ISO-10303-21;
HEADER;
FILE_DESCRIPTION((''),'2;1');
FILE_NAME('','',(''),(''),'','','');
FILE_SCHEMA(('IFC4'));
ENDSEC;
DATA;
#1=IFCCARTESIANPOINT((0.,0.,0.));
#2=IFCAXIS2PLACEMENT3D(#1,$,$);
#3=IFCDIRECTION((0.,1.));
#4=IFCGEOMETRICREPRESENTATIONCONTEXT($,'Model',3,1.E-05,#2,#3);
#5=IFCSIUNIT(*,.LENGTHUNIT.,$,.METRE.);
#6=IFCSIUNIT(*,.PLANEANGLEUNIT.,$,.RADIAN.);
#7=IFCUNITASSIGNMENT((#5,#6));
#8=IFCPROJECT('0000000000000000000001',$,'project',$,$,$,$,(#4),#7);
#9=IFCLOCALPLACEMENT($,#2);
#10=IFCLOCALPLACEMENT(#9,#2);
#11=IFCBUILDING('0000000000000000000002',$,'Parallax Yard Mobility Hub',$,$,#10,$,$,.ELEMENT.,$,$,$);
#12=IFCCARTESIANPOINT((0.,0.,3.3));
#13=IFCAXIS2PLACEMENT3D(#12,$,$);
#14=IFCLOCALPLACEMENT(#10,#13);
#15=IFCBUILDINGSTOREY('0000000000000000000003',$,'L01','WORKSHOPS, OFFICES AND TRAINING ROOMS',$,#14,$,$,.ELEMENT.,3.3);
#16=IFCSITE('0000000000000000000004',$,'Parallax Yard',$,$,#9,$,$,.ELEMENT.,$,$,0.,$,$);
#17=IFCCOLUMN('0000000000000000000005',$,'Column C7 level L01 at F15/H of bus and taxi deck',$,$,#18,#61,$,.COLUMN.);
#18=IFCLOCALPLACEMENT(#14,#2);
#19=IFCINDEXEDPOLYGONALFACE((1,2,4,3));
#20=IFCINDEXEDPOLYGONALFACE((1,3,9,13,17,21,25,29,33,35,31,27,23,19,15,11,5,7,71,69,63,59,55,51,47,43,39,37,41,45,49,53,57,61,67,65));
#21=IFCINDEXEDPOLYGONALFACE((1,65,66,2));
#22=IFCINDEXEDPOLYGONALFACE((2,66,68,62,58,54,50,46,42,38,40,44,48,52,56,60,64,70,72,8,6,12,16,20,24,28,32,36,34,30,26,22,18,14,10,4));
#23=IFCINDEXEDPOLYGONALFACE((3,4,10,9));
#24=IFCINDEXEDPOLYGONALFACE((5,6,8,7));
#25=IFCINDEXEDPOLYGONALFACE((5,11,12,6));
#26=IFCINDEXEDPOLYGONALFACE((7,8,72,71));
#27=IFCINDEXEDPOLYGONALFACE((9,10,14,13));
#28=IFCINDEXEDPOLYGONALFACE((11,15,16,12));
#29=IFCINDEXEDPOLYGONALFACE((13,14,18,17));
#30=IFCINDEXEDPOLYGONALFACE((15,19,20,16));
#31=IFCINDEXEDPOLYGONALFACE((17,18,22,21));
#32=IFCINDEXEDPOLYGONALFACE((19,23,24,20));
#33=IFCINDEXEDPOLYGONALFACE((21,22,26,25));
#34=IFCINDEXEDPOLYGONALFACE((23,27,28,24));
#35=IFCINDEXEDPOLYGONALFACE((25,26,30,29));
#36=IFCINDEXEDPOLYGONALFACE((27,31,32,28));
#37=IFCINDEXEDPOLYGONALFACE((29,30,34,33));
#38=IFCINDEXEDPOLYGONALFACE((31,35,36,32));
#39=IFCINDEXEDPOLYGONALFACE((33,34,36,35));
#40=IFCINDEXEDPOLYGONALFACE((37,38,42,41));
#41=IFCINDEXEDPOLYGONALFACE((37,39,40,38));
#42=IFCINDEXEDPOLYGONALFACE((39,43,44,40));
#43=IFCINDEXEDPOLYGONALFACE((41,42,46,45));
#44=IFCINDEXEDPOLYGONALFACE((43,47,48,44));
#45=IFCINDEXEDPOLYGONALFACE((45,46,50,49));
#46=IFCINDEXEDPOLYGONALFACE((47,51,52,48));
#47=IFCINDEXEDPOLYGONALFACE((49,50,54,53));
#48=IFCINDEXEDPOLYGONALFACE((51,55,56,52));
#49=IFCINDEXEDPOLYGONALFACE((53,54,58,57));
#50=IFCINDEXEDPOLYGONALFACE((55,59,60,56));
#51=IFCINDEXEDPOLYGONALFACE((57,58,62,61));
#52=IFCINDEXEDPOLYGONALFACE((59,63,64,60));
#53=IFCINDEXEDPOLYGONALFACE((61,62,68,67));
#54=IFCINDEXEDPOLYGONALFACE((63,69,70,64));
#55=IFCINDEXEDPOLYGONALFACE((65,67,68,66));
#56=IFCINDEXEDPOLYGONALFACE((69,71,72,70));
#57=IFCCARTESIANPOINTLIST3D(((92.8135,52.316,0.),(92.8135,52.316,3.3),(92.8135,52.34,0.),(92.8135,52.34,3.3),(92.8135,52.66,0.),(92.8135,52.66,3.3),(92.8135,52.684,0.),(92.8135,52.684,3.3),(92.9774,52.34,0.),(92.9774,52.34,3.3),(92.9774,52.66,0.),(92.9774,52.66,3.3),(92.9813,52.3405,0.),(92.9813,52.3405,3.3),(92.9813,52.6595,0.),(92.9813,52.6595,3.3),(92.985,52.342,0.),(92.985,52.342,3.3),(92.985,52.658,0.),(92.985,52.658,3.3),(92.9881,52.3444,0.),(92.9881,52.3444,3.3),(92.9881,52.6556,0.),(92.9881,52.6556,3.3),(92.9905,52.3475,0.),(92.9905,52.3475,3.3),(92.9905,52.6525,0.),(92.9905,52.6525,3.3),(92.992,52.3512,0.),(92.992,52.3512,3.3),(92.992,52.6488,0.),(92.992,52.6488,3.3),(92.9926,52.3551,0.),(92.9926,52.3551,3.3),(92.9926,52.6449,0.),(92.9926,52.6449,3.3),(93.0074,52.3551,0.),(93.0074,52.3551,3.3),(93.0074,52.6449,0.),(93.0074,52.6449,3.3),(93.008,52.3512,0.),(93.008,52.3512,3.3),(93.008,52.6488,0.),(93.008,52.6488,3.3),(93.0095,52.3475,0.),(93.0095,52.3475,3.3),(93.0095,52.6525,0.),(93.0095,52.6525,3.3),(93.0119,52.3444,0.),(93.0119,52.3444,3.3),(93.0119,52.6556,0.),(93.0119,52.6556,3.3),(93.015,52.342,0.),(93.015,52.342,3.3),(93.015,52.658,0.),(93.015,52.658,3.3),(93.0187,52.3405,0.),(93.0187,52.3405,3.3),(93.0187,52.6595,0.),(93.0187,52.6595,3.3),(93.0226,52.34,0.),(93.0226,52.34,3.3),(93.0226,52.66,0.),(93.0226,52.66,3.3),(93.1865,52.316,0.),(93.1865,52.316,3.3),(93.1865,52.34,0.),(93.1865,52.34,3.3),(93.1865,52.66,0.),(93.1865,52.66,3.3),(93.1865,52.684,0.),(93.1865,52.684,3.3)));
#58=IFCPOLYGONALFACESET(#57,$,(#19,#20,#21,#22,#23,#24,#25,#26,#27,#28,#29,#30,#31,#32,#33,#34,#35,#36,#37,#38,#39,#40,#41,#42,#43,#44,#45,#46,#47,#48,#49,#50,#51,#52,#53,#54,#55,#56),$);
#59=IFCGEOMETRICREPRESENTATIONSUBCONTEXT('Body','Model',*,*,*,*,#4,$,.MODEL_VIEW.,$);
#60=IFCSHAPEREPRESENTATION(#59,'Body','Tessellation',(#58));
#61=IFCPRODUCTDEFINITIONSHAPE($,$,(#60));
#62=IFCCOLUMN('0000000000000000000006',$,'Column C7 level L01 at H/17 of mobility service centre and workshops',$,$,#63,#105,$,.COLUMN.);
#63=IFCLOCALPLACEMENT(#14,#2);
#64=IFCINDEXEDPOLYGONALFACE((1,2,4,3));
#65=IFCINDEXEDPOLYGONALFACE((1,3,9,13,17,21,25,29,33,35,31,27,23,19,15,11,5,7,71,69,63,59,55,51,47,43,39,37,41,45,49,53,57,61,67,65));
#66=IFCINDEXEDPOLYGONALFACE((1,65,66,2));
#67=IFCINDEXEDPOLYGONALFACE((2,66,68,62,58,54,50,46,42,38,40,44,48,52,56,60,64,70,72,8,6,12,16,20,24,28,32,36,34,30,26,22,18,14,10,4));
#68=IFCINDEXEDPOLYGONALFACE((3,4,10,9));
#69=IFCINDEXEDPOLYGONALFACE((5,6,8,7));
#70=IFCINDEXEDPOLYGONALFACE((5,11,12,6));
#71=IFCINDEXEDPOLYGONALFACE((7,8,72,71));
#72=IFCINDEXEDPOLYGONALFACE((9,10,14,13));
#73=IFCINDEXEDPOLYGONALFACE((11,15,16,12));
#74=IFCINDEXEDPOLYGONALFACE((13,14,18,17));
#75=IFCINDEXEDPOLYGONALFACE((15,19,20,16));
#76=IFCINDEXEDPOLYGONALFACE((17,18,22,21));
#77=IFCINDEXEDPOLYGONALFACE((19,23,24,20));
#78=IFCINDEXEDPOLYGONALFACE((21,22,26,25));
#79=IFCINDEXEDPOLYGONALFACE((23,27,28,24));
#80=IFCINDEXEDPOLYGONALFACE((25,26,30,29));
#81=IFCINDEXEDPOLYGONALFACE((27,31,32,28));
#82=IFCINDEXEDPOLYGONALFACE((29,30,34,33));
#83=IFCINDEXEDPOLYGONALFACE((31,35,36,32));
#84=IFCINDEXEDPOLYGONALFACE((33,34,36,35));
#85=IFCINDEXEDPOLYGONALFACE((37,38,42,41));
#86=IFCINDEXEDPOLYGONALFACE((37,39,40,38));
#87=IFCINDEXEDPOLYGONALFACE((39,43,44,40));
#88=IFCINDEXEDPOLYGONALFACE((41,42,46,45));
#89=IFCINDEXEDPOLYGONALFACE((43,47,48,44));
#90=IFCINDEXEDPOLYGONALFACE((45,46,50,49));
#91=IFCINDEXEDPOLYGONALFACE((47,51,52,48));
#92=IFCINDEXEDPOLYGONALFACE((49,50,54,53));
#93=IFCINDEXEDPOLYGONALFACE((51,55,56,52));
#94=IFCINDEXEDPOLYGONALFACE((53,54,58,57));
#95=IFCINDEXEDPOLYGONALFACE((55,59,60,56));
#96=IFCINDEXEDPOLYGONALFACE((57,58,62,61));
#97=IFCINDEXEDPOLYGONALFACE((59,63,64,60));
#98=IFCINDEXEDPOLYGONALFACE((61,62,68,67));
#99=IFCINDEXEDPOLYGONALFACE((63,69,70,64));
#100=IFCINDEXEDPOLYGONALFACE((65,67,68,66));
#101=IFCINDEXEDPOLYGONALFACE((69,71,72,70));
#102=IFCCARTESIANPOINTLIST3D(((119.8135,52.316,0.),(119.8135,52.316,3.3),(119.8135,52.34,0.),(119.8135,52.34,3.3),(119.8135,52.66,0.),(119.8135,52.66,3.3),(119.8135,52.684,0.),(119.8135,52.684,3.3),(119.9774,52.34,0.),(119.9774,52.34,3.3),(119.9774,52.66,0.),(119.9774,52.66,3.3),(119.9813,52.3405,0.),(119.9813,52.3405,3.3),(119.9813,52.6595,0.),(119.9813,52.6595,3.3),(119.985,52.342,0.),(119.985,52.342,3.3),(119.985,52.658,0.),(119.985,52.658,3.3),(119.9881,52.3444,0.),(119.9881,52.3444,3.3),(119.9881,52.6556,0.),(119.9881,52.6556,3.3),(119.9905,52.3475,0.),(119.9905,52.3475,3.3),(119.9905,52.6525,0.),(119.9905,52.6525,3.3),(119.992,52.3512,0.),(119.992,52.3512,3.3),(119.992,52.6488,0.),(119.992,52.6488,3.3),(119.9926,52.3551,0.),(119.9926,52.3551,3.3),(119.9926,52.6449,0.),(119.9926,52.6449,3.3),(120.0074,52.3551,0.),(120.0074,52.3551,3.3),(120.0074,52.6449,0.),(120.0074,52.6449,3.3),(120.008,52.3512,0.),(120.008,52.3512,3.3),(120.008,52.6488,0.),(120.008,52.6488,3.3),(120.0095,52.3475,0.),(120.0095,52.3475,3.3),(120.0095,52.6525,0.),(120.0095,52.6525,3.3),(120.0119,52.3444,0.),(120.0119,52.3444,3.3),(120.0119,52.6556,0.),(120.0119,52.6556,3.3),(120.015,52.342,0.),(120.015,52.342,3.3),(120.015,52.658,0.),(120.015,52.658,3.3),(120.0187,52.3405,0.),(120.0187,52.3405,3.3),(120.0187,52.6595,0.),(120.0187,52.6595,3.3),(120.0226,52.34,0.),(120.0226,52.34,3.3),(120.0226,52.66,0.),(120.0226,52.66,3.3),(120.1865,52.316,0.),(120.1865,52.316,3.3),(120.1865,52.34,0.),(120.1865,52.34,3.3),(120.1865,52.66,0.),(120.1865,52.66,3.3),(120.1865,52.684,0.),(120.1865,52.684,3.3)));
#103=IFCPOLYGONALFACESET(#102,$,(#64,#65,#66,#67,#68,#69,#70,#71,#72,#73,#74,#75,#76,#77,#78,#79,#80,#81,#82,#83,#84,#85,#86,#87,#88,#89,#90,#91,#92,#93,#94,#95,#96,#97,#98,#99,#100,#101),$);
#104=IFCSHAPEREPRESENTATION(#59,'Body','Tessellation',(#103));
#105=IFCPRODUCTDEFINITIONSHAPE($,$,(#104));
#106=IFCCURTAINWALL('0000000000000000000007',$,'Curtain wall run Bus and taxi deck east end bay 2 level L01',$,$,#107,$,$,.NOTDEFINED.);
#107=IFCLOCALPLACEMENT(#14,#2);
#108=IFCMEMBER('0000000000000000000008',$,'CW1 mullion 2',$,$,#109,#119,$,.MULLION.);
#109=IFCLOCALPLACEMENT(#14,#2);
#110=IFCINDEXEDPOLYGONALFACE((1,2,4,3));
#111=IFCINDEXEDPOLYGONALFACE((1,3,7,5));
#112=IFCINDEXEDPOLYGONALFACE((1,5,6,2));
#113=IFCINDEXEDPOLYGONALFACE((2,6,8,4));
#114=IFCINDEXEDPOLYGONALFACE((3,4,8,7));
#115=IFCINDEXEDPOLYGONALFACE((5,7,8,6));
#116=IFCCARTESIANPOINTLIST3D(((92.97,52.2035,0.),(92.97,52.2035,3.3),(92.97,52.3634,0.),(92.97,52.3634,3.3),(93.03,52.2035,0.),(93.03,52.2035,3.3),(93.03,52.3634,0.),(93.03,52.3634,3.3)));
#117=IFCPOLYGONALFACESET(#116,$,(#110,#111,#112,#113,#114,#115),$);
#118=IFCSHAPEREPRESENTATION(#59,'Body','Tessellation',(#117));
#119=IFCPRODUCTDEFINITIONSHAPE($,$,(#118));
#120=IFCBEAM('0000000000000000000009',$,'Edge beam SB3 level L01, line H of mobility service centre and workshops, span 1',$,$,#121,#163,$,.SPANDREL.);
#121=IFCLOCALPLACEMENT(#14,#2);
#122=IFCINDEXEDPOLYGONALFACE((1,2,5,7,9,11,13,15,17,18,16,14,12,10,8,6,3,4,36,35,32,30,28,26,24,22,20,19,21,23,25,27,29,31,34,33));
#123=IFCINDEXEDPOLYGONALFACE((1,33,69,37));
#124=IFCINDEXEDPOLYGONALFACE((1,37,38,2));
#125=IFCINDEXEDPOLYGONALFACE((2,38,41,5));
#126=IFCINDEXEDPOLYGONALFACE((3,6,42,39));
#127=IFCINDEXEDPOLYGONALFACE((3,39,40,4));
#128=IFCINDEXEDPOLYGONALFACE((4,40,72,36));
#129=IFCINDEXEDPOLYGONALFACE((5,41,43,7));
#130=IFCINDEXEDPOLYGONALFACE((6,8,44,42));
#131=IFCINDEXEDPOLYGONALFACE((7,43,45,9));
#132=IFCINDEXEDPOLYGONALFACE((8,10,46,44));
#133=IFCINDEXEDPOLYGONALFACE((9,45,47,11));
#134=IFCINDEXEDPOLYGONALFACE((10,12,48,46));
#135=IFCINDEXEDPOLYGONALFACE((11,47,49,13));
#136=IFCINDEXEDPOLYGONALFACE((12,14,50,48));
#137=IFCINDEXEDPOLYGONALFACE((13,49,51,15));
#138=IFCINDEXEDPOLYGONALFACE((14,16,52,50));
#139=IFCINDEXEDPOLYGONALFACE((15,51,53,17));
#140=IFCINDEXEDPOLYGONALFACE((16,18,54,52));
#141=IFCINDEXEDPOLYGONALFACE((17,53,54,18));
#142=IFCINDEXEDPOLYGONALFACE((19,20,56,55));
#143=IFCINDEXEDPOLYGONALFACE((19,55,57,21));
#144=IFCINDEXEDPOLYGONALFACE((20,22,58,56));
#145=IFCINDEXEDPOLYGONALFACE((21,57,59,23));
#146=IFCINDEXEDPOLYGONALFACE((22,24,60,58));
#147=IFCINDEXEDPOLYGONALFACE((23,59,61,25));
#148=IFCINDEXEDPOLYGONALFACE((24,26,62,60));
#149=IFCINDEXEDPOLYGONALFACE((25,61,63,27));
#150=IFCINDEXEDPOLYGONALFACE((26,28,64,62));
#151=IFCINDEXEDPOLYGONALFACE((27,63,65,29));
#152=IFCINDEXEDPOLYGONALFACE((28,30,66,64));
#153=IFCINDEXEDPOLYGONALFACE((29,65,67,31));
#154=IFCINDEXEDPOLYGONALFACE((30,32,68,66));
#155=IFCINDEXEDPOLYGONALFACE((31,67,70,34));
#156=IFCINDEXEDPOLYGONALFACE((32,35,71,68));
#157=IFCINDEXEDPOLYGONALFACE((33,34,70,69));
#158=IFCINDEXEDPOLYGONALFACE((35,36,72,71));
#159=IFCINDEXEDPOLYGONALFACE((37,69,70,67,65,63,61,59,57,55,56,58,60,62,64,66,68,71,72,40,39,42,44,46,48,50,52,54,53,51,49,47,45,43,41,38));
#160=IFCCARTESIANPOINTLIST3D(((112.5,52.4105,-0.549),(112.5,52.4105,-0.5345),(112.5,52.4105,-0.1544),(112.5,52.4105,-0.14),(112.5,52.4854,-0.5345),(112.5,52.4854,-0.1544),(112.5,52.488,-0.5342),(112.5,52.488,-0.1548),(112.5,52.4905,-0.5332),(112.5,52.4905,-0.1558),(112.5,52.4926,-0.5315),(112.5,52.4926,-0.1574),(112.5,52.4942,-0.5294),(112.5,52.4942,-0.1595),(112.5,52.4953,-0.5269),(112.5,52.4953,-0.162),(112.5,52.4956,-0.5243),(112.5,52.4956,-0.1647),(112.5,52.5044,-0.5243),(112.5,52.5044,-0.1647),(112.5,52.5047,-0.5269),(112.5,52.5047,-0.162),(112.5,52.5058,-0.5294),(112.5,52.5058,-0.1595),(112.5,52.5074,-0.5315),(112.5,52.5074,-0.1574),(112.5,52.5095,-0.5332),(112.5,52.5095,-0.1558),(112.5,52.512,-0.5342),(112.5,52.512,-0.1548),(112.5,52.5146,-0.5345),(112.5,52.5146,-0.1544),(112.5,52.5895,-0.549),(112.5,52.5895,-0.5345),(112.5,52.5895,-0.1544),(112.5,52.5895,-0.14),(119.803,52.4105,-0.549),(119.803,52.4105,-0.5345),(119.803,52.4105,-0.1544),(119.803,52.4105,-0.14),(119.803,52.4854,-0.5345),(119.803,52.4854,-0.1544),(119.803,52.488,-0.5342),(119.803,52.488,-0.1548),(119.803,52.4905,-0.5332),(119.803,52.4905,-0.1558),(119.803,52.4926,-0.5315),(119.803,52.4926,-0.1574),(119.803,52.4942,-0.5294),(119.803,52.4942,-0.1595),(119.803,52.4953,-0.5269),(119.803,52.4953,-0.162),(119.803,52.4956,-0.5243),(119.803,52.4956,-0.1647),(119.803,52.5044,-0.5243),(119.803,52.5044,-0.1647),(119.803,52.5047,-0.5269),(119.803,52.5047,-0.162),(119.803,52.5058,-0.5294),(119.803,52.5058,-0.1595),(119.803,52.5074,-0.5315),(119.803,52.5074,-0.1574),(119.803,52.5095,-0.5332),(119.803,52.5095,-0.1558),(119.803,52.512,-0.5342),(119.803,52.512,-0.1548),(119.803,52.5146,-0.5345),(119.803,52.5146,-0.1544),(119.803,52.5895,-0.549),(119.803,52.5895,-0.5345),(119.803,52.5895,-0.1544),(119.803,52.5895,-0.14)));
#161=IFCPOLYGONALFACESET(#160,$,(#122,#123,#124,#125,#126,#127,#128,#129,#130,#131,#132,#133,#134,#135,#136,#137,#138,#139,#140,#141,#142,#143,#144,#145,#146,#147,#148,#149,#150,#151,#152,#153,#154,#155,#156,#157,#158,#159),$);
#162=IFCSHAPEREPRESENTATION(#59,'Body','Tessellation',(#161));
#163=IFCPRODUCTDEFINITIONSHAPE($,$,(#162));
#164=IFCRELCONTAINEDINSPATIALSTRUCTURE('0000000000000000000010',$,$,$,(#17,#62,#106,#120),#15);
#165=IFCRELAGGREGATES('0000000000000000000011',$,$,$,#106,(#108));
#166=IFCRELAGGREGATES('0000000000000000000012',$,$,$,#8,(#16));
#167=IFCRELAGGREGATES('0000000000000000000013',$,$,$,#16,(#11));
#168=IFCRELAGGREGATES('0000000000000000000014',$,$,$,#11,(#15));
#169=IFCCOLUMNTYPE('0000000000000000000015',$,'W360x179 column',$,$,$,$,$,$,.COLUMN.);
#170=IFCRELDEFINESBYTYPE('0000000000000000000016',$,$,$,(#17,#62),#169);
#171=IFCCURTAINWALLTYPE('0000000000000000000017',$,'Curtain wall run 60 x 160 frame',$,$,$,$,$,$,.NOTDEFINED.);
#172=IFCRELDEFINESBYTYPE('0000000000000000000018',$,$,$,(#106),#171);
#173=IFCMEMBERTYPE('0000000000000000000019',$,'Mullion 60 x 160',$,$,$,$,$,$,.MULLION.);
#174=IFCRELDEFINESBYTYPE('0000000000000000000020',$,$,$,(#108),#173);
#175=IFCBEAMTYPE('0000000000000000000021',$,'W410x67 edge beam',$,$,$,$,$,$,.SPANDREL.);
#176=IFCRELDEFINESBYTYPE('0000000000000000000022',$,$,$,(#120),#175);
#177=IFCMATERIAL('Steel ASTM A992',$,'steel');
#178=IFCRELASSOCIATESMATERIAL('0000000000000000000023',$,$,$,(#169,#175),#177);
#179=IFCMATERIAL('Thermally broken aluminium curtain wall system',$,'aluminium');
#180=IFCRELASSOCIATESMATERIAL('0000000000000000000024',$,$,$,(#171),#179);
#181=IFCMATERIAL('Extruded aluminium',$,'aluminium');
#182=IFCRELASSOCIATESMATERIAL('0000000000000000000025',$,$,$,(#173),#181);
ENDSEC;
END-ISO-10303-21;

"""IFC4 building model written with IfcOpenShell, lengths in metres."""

from ifc_helpers import new_model, si_unit, direction, frame, origin, origin_2d, place, context, subcontext, project, spatial, rectangle, i_section, extrude, material, material_profile, profile_set, type_object, element, aggregate, save


model = new_model("IFC4")

# Units and contexts
model_context = context("Model", 3, precision=1e-05, world=origin(), true_north=direction((0.0, 1.0)))
body_context = subcontext(model_context, "Body", "Model", "MODEL_VIEW")
ifc_project = project(units=[si_unit("LENGTHUNIT", "METRE"), si_unit("PLANEANGLEUNIT", "RADIAN")], contexts=[model_context])

# Site, building, storey
site_placement = place(None, origin())
site = spatial("IfcSite", under=ifc_project, at=site_placement, Name="Parallax Yard", CompositionType="ELEMENT", RefElevation=0.0)
building_placement = place(site_placement, origin())
building = spatial("IfcBuilding", under=site, at=building_placement, Name="Parallax Yard Mobility Hub", CompositionType="ELEMENT")
storey_placement = place(building_placement, frame((0.0, 0.0, 3.3)))
storey = spatial("IfcBuildingStorey", under=building, at=storey_placement, Name="L01", Description="WORKSHOPS, OFFICES AND TRAINING ROOMS", CompositionType="ELEMENT", Elevation=3.3)

# Columns
ifc_material_1 = material(Name="Steel ASTM A992", Category="steel")
ifc_material_profile_1 = material_profile(ifc_material_1, i_section(OverallWidth=0.373, OverallDepth=0.3679, WebThickness=0.0149, FlangeThickness=0.0239, FilletRadius=0.0151, at=origin_2d()), Name="W360x179")
ifc_profile_set_1 = profile_set([ifc_material_profile_1], Name="Steel ASTM A992")
column_type = type_object("IfcColumnType", Name="W360x179 column", PredefinedType="COLUMN", material=ifc_profile_set_1)
for number, where, z_axis, x_axis, name in (
    (1, (93.0, 52.5, 0.0), (0.0, 0.0, 1.0), (1.0, 0.0, 0.0), "Column C7 level L01 at F15/H of bus and taxi deck"),
    (2, (120.0, 52.5, 0.0), (0.0, 0.0, 1.0), (1.0, 0.0, 0.0), "Column C7 level L01 at H/17 of mobility service centre and workshops"),
):
    element("IfcColumn", number, at=place(storey_placement, frame(where, z_axis=z_axis, x_axis=x_axis)), inside=storey, type_object=column_type, Name=name, PredefinedType="COLUMN", context=body_context, shape_type="SweptSolid", body=[
        extrude(i_section(OverallWidth=0.373, OverallDepth=0.3679, WebThickness=0.0149, FlangeThickness=0.0239, FilletRadius=0.0151, at=origin_2d()), origin(), (0.0, 0.0, 1.0), 3.3),
    ])

# Curtain wall, member
ifc_material_2 = material(Name="Thermally broken aluminium curtain wall system", Category="aluminium")
curtain_wall_type = type_object("IfcCurtainWallType", Name="Curtain wall run 60 x 160 frame", PredefinedType="NOTDEFINED", material=ifc_material_2)
curtain_wall_placement = place(storey_placement, origin())
curtain_wall = element("IfcCurtainWall", 3, at=curtain_wall_placement, inside=storey, type_object=curtain_wall_type, Name="Curtain wall run Bus and taxi deck east end bay 2 level L01", PredefinedType="NOTDEFINED")
ifc_material_3 = material(Name="Extruded aluminium", Category="aluminium")
ifc_material_profile_2 = material_profile(ifc_material_3, rectangle(XDim=0.0601, YDim=0.1599, at=origin_2d()), Name="Mullion 60 x 160")
ifc_profile_set_2 = profile_set([ifc_material_profile_2], Name="Extruded aluminium")
member_type_1 = type_object("IfcMemberType", Name="Mullion 60 x 160", PredefinedType="MULLION", material=ifc_profile_set_2)
member_1_placement = place(storey_placement, frame((93.0, 52.2834, 0.0), z_axis=(0.0, 0.0, 1.0), x_axis=(-1.0, 0.0, 0.0)))
member_1 = element("IfcMember", 4, at=member_1_placement, type_object=member_type_1, Name="CW1 mullion 2", PredefinedType="MULLION", context=body_context, shape_type="SweptSolid", body=[
    extrude(rectangle(XDim=0.0601, YDim=0.1599, at=origin_2d()), origin(), (0.0, 0.0, 1.0), 3.3),
])

# Beam
ifc_material_profile_3 = material_profile(ifc_material_1, i_section(OverallWidth=0.179, OverallDepth=0.4089, WebThickness=0.0088, FlangeThickness=0.0144, FilletRadius=0.0103, at=origin_2d()), Name="W410x67")
ifc_profile_set_3 = profile_set([ifc_material_profile_3], Name="Steel ASTM A992")
beam_type = type_object("IfcBeamType", Name="W410x67 edge beam", PredefinedType="SPANDREL", material=ifc_profile_set_3)
beam_placement = place(storey_placement, frame((112.5, 52.5, -0.3445), z_axis=(1.0, 0.0, 0.0), x_axis=(0.0, 1.0, 0.0)))
element("IfcBeam", 5, at=beam_placement, inside=storey, type_object=beam_type, Name="Edge beam SB3 level L01, line H of mobility service centre and workshops, span 1", PredefinedType="SPANDREL", context=body_context, shape_type="SweptSolid", body=[
    extrude(i_section(OverallWidth=0.179, OverallDepth=0.4089, WebThickness=0.0088, FlangeThickness=0.0144, FilletRadius=0.0103, at=origin_2d()), origin(), (0.0, 0.0, 1.0), 7.303),
])

aggregate(curtain_wall, [member_1])

save(model, "model.ifc")
